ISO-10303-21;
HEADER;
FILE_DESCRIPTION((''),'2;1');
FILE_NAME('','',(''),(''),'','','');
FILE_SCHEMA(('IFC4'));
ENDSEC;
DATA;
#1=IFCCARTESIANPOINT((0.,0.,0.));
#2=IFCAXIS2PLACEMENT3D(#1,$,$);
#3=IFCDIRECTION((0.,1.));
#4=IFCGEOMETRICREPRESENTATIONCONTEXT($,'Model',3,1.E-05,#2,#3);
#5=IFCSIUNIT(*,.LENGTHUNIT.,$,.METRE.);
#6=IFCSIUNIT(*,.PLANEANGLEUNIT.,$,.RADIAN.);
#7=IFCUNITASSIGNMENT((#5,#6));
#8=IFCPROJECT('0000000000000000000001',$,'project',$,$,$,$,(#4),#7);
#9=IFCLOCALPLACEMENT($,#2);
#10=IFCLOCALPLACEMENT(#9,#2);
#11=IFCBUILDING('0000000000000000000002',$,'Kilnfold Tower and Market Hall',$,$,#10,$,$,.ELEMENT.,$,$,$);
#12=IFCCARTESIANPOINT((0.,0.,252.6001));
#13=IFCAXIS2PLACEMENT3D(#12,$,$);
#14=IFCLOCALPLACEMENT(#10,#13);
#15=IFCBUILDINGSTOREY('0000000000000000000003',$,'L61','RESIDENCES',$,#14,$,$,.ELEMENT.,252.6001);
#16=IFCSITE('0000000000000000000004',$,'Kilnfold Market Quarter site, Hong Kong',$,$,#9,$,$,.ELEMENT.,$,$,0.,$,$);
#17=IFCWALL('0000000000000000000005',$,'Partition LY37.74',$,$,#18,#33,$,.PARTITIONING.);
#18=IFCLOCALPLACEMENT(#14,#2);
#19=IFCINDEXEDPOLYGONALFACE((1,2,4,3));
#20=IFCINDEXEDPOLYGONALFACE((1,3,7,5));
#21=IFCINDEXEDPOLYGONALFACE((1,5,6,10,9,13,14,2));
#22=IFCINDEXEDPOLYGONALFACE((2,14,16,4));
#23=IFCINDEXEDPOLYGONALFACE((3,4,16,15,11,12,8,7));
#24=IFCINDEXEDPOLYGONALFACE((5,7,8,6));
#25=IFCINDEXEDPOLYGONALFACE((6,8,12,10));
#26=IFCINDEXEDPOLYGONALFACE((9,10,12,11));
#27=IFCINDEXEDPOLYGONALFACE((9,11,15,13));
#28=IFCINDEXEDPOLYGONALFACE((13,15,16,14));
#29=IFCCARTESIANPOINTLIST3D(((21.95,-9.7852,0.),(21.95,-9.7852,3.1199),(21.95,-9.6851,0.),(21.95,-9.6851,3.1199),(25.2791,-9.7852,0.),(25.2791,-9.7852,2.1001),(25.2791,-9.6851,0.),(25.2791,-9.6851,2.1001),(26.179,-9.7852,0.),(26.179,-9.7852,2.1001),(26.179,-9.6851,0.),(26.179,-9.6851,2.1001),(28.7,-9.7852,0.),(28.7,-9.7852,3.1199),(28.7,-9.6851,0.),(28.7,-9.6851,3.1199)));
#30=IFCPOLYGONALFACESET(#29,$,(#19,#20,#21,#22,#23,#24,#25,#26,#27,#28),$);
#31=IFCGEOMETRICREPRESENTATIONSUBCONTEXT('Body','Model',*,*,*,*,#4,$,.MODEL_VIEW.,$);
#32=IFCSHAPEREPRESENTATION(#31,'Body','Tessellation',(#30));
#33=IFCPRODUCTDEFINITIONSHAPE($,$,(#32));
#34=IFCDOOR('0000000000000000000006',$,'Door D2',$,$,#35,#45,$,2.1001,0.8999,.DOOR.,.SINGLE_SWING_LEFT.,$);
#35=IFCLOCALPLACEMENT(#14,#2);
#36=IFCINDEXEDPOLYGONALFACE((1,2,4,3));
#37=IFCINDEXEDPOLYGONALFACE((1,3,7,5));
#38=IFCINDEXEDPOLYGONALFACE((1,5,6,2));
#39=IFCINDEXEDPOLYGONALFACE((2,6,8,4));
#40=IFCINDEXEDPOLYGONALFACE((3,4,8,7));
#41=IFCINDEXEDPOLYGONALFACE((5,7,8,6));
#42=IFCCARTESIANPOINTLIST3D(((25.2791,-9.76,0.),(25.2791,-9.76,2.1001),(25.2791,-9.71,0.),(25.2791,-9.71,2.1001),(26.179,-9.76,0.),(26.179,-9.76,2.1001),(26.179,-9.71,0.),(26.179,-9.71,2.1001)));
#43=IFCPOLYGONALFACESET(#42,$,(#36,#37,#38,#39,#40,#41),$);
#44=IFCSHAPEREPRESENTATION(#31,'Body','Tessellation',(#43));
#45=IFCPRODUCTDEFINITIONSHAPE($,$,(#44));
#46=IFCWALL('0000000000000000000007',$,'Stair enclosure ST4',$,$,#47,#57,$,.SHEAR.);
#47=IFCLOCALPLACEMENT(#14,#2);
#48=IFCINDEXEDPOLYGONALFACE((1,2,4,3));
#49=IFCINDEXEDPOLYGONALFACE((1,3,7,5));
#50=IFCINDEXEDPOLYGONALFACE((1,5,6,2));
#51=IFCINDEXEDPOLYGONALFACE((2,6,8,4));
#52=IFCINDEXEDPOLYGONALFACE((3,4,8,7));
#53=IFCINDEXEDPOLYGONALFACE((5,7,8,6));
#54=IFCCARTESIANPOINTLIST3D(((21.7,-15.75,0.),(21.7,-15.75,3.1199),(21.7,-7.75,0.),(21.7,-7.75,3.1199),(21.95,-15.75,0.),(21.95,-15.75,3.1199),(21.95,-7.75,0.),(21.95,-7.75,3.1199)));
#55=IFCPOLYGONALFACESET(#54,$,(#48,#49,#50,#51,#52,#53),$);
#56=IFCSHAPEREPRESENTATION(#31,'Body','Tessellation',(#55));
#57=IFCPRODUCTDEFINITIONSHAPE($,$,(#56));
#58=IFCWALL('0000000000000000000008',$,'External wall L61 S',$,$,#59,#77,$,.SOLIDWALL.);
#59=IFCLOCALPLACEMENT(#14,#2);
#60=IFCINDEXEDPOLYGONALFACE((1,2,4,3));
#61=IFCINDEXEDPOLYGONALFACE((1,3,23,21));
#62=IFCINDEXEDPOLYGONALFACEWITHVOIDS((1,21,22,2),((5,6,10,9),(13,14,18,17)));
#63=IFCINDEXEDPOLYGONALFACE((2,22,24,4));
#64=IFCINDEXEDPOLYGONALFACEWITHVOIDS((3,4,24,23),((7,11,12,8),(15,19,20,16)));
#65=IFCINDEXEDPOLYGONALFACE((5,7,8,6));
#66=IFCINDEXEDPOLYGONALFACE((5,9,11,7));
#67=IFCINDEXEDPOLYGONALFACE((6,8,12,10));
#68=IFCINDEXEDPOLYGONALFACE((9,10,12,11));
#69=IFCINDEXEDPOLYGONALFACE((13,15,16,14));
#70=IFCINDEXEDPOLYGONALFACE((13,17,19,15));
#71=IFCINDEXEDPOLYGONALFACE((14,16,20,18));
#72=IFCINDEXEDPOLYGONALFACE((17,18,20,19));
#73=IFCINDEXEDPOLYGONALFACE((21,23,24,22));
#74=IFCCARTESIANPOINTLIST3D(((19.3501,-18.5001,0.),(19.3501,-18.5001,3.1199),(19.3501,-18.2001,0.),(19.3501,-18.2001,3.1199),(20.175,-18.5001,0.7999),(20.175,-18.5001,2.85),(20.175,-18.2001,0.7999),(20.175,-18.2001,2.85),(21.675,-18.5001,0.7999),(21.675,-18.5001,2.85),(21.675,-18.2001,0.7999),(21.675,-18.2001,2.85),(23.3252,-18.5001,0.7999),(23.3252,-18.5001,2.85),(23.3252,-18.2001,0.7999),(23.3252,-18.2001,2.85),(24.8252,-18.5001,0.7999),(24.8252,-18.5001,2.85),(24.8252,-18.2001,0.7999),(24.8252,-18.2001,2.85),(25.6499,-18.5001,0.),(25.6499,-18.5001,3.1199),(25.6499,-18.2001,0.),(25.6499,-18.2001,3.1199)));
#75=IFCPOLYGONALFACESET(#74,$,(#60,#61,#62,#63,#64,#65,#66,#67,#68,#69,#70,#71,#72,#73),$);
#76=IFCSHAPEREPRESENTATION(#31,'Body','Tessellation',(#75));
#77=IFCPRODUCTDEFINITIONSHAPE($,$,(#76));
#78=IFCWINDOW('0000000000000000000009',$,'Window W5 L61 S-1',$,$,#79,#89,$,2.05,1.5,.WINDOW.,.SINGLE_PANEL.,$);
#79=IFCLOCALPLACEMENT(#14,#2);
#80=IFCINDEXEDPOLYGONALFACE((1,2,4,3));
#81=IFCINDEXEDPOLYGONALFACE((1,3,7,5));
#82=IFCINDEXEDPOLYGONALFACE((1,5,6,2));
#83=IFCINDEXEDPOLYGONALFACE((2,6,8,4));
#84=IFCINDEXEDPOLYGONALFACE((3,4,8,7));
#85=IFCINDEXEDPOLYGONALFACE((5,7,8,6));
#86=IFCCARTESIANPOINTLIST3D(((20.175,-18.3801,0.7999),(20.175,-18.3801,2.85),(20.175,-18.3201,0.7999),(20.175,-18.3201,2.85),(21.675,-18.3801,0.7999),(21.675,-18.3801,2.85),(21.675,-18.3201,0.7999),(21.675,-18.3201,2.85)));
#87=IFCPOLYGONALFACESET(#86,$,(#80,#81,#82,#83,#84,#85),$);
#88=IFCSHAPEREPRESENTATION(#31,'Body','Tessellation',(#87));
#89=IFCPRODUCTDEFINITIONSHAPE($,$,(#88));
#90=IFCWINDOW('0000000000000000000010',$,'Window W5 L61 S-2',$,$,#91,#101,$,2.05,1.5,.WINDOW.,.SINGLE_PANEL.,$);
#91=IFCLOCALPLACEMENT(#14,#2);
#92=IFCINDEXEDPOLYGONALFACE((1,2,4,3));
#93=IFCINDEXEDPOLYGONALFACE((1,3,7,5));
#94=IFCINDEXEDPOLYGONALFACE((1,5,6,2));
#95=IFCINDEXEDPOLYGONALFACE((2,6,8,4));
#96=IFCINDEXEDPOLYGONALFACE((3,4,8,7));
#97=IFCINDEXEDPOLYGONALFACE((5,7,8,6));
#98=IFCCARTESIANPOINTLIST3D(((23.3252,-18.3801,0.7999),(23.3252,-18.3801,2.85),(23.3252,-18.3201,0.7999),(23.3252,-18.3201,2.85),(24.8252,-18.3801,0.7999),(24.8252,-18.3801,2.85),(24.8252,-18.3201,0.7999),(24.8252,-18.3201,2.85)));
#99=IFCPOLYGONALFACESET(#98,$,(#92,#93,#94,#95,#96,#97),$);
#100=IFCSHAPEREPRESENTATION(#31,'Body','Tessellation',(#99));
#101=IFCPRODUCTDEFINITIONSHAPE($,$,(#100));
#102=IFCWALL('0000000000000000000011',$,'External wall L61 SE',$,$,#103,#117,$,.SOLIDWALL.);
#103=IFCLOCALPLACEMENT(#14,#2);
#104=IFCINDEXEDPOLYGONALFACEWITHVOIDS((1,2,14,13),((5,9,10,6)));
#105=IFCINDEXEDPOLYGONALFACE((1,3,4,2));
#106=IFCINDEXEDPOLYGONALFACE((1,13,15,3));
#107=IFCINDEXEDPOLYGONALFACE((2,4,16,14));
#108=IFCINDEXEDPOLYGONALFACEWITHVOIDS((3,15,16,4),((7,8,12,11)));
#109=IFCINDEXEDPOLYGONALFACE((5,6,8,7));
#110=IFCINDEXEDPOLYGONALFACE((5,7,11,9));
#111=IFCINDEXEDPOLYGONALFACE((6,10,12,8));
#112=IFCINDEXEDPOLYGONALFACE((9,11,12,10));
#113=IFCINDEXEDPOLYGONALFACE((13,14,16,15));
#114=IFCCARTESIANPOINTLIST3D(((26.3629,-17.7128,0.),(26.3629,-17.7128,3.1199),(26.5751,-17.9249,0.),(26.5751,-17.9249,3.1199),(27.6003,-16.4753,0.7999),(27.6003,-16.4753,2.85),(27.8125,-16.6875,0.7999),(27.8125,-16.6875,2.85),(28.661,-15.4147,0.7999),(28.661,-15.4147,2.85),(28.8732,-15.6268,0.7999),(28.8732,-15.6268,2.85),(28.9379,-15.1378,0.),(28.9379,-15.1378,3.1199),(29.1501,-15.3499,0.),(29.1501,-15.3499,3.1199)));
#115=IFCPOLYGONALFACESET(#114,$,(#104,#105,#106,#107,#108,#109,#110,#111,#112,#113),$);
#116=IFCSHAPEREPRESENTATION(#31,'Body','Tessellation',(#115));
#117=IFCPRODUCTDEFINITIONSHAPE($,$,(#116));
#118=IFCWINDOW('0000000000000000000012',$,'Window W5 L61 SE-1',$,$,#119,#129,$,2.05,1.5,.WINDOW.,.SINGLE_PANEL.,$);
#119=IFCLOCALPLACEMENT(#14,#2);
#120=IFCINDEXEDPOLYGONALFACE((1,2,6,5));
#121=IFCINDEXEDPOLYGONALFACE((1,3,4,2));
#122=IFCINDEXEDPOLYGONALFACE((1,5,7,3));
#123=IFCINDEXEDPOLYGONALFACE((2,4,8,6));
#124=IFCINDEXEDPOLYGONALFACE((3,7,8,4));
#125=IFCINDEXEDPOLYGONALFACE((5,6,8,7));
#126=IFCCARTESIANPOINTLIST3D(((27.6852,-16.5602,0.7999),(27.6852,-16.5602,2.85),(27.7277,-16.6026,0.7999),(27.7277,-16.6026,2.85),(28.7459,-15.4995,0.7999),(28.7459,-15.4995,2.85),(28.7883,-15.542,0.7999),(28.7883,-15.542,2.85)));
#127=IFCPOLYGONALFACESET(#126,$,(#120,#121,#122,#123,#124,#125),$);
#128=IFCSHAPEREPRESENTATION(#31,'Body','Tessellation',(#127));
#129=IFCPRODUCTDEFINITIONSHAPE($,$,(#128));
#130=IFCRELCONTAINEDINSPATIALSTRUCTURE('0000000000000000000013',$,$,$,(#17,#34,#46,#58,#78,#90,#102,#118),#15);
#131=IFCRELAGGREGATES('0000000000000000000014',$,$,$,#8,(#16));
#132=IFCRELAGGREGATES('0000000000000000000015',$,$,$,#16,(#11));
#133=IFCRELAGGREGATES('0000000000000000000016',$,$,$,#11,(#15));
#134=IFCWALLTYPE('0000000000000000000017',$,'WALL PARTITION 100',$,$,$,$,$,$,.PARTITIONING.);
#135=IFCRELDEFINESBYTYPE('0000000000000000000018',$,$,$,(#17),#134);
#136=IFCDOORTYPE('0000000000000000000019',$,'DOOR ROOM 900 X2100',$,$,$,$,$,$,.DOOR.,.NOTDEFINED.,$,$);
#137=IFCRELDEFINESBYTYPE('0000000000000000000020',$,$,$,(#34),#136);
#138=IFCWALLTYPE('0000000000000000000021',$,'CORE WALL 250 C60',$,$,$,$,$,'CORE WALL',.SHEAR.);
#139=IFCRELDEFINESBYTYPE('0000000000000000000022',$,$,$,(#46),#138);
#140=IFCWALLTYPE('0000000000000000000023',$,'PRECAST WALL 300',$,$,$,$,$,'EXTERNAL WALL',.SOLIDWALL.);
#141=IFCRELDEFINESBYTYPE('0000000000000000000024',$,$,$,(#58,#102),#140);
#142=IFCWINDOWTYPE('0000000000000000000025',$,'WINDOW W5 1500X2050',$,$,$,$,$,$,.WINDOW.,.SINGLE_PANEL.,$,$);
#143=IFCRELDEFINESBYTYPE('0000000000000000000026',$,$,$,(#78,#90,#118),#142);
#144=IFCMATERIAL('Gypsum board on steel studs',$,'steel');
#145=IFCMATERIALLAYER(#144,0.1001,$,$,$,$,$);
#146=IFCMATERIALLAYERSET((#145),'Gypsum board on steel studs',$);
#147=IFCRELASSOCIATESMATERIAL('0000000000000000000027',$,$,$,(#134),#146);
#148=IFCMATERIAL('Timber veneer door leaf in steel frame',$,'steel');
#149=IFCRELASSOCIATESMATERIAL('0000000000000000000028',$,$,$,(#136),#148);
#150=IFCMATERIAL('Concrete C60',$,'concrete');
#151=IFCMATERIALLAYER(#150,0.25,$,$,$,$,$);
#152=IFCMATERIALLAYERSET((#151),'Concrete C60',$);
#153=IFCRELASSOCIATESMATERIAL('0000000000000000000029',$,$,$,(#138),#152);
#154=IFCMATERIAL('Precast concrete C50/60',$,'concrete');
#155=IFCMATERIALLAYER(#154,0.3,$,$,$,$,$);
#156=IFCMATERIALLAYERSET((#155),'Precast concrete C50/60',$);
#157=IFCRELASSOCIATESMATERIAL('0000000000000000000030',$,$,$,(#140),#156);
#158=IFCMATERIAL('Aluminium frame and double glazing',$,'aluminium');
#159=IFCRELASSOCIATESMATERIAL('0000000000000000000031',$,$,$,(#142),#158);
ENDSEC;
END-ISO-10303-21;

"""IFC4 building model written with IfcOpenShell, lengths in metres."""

from ifc_helpers import new_model, si_unit, direction, frame, frame_2d, origin, place, context, subcontext, project, spatial, rectangle, extrude, source, transform, mapped, material, layer, layer_set, type_object, element, fill, save


model = new_model("IFC4")

# Units and contexts
model_context = context("Model", 3, precision=1e-05, world=origin(), true_north=direction((0.0, 1.0)))
body_context = subcontext(model_context, "Body", "Model", "MODEL_VIEW")
ifc_project = project(units=[si_unit("LENGTHUNIT", "METRE"), si_unit("PLANEANGLEUNIT", "RADIAN")], contexts=[model_context])

# Site, building, storey
site_placement = place(None, origin())
site = spatial("IfcSite", under=ifc_project, at=site_placement, Name="Kilnfold Market Quarter site, Hong Kong", CompositionType="ELEMENT", RefElevation=0.0)
building_placement = place(site_placement, origin())
building = spatial("IfcBuilding", under=site, at=building_placement, Name="Kilnfold Tower and Market Hall", CompositionType="ELEMENT")
storey_placement = place(building_placement, frame((0.0, 0.0, 252.6001)))
storey = spatial("IfcBuildingStorey", under=building, at=storey_placement, Name="L61", Description="RESIDENCES", CompositionType="ELEMENT", Elevation=252.6001)

# Wall, opening, door
ifc_material_1 = material(Name="Gypsum board on steel studs", Category="steel")
ifc_layer_1 = layer(ifc_material_1, 0.1001)
ifc_layer_set_1 = layer_set([ifc_layer_1], Name="Gypsum board on steel studs")
wall_type_1 = type_object("IfcWallType", Name="WALL PARTITION 100", PredefinedType="PARTITIONING", material=ifc_layer_set_1)
ifc_material_2 = material(Name="Timber veneer door leaf in steel frame", Category="steel")
door_type_1 = type_object("IfcDoorType", Name="DOOR ROOM 900 X2100", OperationType="NOTDEFINED", PredefinedType="DOOR", material=ifc_material_2)
wall_1_placement = place(storey_placement, frame((28.7, -9.7351, 0.0), z_axis=(0.0, 0.0, 1.0), x_axis=(-1.0, 0.0, 0.0)))
wall_1 = element("IfcWall", 1, at=wall_1_placement, inside=storey, type_object=wall_type_1, Name="Partition LY37.74", PredefinedType="PARTITIONING", context=body_context, shape_type="SweptSolid", body=[
    extrude(rectangle(XDim=6.75, YDim=0.1001, at=frame_2d((3.375, 0.0))), origin(), (0.0, 0.0, 1.0), 3.1199),
])
opening_1_placement = place(wall_1_placement, frame((2.521, 0.0, 0.0)))
opening_1 = element("IfcOpeningElement", 2, at=opening_1_placement, cuts=wall_1, PredefinedType="OPENING", context=body_context, shape_type="SweptSolid", body=[
    extrude(rectangle(XDim=0.8999, YDim=2.1001, at=frame_2d((0.45, 1.05))), frame((0.0, 0.0601, 0.0), z_axis=(0.0, -1.0, 0.0), x_axis=(1.0, 0.0, 0.0)), (0.0, 0.0, 1.0), 0.1201),
])
door_1_placement = place(opening_1_placement, origin())
door_1 = element("IfcDoor", 3, at=door_1_placement, inside=storey, type_object=door_type_1, Name="Door D2", OperationType="SINGLE_SWING_LEFT", OverallHeight=2.1001, OverallWidth=0.8999, PredefinedType="DOOR", context=body_context, shape_type="SweptSolid", body=[
    extrude(rectangle(XDim=0.8999, YDim=2.1001, at=frame_2d((0.45, 1.05))), frame((0.0, 0.0249, 0.0), z_axis=(0.0, -1.0, 0.0), x_axis=(1.0, 0.0, 0.0)), (0.0, 0.0, 1.0), 0.05),
])
fill(opening_1, door_1)

# Wall
ifc_material_3 = material(Name="Concrete C60", Category="concrete")
ifc_layer_2 = layer(ifc_material_3, 0.25)
ifc_layer_set_2 = layer_set([ifc_layer_2], Name="Concrete C60")
wall_type_2 = type_object("IfcWallType", Name="CORE WALL 250 C60", ElementType="CORE WALL", PredefinedType="SHEAR", material=ifc_layer_set_2)
shared_shape_1 = source(origin(), body_context, "Body", "SweptSolid", [
    extrude(rectangle(XDim=8.0, YDim=0.25, at=frame_2d((4.0, 0.0))), origin(), (0.0, 0.0, 1.0), 3.1199),
])
wall_2_placement = place(storey_placement, frame((21.825, -15.75, 0.0), z_axis=(0.0, 0.0, 1.0), x_axis=(0.0, 1.0, 0.0)))
element("IfcWall", 4, at=wall_2_placement, inside=storey, type_object=wall_type_2, Name="Stair enclosure ST4", PredefinedType="SHEAR", context=body_context, shape_type="MappedRepresentation", body=[
    mapped(shared_shape_1, transform((0.0, 0.0, 0.0))),
])

# Wall, openings, windows
ifc_material_4 = material(Name="Precast concrete C50/60", Category="concrete")
ifc_layer_3 = layer(ifc_material_4, 0.3)
ifc_layer_set_3 = layer_set([ifc_layer_3], Name="Precast concrete C50/60")
wall_type_3 = type_object("IfcWallType", Name="PRECAST WALL 300", ElementType="EXTERNAL WALL", PredefinedType="SOLIDWALL", material=ifc_layer_set_3)
shared_shape_2 = source(origin(), body_context, "Body", "SweptSolid", [
    extrude(rectangle(XDim=6.2998, YDim=0.3, at=frame_2d((3.1499, 0.0))), origin(), (0.0, 0.0, 1.0), 3.1199),
])
wall_3_placement = place(storey_placement, frame((19.3501, -18.3501, 0.0), z_axis=(0.0, 0.0, 1.0), x_axis=(1.0, 0.0, 0.0)))
wall_3 = element("IfcWall", 5, at=wall_3_placement, inside=storey, type_object=wall_type_3, Name="External wall L61 S", PredefinedType="SOLIDWALL", context=body_context, shape_type="MappedRepresentation", body=[
    mapped(shared_shape_2, transform((0.0, 0.0, 0.0))),
])
opening_2_placement = place(wall_3_placement, frame((0.825, 0.0, 0.8)))
opening_2 = element("IfcOpeningElement", 6, at=opening_2_placement, cuts=wall_3, PredefinedType="OPENING", context=body_context, shape_type="SweptSolid", body=[
    extrude(rectangle(XDim=1.5, YDim=2.05, at=frame_2d((0.75, 1.0249))), frame((0.0, 0.1602, 0.0), z_axis=(0.0, -1.0, 0.0), x_axis=(1.0, 0.0, 0.0)), (0.0, 0.0, 1.0), 0.3201),
])
opening_3_placement = place(wall_3_placement, frame((3.9751, 0.0, 0.8)))
opening_3 = element("IfcOpeningElement", 7, at=opening_3_placement, cuts=wall_3, PredefinedType="OPENING", context=body_context, shape_type="SweptSolid", body=[
    extrude(rectangle(XDim=1.5, YDim=2.05, at=frame_2d((0.75, 1.0249))), frame((0.0, 0.1602, 0.0), z_axis=(0.0, -1.0, 0.0), x_axis=(1.0, 0.0, 0.0)), (0.0, 0.0, 1.0), 0.3201),
])
ifc_material_5 = material(Name="Aluminium frame and double glazing", Category="aluminium")
window_type = type_object("IfcWindowType", Name="WINDOW W5 1500X2050", PartitioningType="SINGLE_PANEL", PredefinedType="WINDOW", material=ifc_material_5)
window_1_placement = place(opening_2_placement, origin())
window_1 = element("IfcWindow", 8, at=window_1_placement, inside=storey, type_object=window_type, Name="Window W5 L61 S-1", OverallHeight=2.05, OverallWidth=1.5, PartitioningType="SINGLE_PANEL", PredefinedType="WINDOW", context=body_context, shape_type="SweptSolid", body=[
    extrude(rectangle(XDim=1.5, YDim=2.05, at=frame_2d((0.75, 1.0249))), frame((0.0, 0.03, 0.0), z_axis=(0.0, -1.0, 0.0), x_axis=(1.0, 0.0, 0.0)), (0.0, 0.0, 1.0), 0.0601),
])
fill(opening_2, window_1)
window_2_placement = place(opening_3_placement, origin())
window_2 = element("IfcWindow", 9, at=window_2_placement, inside=storey, type_object=window_type, Name="Window W5 L61 S-2", OverallHeight=2.05, OverallWidth=1.5, PartitioningType="SINGLE_PANEL", PredefinedType="WINDOW", context=body_context, shape_type="SweptSolid", body=[
    extrude(rectangle(XDim=1.5, YDim=2.05, at=frame_2d((0.75, 1.0249))), frame((0.0, 0.03, 0.0), z_axis=(0.0, -1.0, 0.0), x_axis=(1.0, 0.0, 0.0)), (0.0, 0.0, 1.0), 0.0601),
])
fill(opening_3, window_2)

# Wall, opening, window
shared_shape_3 = source(origin(), body_context, "Body", "SweptSolid", [
    extrude(rectangle(XDim=3.6416, YDim=0.3, at=frame_2d((1.8208, 0.0))), origin(), (0.0, 0.0, 1.0), 3.1199),
])
wall_4_placement = place(storey_placement, frame((26.469, -17.8188, 0.0), z_axis=(0.0, 0.0, 1.0), x_axis=(0.707107, 0.707107, 0.0)))
wall_4 = element("IfcWall", 10, at=wall_4_placement, inside=storey, type_object=wall_type_3, Name="External wall L61 SE", PredefinedType="SOLIDWALL", context=body_context, shape_type="MappedRepresentation", body=[
    mapped(shared_shape_3, transform((0.0, 0.0, 0.0))),
])
opening_4_placement = place(wall_4_placement, frame((1.75, 0.0, 0.8)))
opening_4 = element("IfcOpeningElement", 11, at=opening_4_placement, cuts=wall_4, PredefinedType="OPENING", context=body_context, shape_type="SweptSolid", body=[
    extrude(rectangle(XDim=1.5, YDim=2.05, at=frame_2d((0.75, 1.0249))), frame((0.0, 0.1602, 0.0), z_axis=(0.0, -1.0, 0.0), x_axis=(1.0, 0.0, 0.0)), (0.0, 0.0, 1.0), 0.3201),
])
window_3_placement = place(opening_4_placement, origin())
window_3 = element("IfcWindow", 12, at=window_3_placement, inside=storey, type_object=window_type, Name="Window W5 L61 SE-1", OverallHeight=2.05, OverallWidth=1.5, PartitioningType="SINGLE_PANEL", PredefinedType="WINDOW", context=body_context, shape_type="SweptSolid", body=[
    extrude(rectangle(XDim=1.5, YDim=2.05, at=frame_2d((0.75, 1.0249))), frame((0.0, 0.03, 0.0), z_axis=(0.0, -1.0, 0.0), x_axis=(1.0, 0.0, 0.0)), (0.0, 0.0, 1.0), 0.0601),
])
fill(opening_4, window_3)

save(model, "model.ifc")
